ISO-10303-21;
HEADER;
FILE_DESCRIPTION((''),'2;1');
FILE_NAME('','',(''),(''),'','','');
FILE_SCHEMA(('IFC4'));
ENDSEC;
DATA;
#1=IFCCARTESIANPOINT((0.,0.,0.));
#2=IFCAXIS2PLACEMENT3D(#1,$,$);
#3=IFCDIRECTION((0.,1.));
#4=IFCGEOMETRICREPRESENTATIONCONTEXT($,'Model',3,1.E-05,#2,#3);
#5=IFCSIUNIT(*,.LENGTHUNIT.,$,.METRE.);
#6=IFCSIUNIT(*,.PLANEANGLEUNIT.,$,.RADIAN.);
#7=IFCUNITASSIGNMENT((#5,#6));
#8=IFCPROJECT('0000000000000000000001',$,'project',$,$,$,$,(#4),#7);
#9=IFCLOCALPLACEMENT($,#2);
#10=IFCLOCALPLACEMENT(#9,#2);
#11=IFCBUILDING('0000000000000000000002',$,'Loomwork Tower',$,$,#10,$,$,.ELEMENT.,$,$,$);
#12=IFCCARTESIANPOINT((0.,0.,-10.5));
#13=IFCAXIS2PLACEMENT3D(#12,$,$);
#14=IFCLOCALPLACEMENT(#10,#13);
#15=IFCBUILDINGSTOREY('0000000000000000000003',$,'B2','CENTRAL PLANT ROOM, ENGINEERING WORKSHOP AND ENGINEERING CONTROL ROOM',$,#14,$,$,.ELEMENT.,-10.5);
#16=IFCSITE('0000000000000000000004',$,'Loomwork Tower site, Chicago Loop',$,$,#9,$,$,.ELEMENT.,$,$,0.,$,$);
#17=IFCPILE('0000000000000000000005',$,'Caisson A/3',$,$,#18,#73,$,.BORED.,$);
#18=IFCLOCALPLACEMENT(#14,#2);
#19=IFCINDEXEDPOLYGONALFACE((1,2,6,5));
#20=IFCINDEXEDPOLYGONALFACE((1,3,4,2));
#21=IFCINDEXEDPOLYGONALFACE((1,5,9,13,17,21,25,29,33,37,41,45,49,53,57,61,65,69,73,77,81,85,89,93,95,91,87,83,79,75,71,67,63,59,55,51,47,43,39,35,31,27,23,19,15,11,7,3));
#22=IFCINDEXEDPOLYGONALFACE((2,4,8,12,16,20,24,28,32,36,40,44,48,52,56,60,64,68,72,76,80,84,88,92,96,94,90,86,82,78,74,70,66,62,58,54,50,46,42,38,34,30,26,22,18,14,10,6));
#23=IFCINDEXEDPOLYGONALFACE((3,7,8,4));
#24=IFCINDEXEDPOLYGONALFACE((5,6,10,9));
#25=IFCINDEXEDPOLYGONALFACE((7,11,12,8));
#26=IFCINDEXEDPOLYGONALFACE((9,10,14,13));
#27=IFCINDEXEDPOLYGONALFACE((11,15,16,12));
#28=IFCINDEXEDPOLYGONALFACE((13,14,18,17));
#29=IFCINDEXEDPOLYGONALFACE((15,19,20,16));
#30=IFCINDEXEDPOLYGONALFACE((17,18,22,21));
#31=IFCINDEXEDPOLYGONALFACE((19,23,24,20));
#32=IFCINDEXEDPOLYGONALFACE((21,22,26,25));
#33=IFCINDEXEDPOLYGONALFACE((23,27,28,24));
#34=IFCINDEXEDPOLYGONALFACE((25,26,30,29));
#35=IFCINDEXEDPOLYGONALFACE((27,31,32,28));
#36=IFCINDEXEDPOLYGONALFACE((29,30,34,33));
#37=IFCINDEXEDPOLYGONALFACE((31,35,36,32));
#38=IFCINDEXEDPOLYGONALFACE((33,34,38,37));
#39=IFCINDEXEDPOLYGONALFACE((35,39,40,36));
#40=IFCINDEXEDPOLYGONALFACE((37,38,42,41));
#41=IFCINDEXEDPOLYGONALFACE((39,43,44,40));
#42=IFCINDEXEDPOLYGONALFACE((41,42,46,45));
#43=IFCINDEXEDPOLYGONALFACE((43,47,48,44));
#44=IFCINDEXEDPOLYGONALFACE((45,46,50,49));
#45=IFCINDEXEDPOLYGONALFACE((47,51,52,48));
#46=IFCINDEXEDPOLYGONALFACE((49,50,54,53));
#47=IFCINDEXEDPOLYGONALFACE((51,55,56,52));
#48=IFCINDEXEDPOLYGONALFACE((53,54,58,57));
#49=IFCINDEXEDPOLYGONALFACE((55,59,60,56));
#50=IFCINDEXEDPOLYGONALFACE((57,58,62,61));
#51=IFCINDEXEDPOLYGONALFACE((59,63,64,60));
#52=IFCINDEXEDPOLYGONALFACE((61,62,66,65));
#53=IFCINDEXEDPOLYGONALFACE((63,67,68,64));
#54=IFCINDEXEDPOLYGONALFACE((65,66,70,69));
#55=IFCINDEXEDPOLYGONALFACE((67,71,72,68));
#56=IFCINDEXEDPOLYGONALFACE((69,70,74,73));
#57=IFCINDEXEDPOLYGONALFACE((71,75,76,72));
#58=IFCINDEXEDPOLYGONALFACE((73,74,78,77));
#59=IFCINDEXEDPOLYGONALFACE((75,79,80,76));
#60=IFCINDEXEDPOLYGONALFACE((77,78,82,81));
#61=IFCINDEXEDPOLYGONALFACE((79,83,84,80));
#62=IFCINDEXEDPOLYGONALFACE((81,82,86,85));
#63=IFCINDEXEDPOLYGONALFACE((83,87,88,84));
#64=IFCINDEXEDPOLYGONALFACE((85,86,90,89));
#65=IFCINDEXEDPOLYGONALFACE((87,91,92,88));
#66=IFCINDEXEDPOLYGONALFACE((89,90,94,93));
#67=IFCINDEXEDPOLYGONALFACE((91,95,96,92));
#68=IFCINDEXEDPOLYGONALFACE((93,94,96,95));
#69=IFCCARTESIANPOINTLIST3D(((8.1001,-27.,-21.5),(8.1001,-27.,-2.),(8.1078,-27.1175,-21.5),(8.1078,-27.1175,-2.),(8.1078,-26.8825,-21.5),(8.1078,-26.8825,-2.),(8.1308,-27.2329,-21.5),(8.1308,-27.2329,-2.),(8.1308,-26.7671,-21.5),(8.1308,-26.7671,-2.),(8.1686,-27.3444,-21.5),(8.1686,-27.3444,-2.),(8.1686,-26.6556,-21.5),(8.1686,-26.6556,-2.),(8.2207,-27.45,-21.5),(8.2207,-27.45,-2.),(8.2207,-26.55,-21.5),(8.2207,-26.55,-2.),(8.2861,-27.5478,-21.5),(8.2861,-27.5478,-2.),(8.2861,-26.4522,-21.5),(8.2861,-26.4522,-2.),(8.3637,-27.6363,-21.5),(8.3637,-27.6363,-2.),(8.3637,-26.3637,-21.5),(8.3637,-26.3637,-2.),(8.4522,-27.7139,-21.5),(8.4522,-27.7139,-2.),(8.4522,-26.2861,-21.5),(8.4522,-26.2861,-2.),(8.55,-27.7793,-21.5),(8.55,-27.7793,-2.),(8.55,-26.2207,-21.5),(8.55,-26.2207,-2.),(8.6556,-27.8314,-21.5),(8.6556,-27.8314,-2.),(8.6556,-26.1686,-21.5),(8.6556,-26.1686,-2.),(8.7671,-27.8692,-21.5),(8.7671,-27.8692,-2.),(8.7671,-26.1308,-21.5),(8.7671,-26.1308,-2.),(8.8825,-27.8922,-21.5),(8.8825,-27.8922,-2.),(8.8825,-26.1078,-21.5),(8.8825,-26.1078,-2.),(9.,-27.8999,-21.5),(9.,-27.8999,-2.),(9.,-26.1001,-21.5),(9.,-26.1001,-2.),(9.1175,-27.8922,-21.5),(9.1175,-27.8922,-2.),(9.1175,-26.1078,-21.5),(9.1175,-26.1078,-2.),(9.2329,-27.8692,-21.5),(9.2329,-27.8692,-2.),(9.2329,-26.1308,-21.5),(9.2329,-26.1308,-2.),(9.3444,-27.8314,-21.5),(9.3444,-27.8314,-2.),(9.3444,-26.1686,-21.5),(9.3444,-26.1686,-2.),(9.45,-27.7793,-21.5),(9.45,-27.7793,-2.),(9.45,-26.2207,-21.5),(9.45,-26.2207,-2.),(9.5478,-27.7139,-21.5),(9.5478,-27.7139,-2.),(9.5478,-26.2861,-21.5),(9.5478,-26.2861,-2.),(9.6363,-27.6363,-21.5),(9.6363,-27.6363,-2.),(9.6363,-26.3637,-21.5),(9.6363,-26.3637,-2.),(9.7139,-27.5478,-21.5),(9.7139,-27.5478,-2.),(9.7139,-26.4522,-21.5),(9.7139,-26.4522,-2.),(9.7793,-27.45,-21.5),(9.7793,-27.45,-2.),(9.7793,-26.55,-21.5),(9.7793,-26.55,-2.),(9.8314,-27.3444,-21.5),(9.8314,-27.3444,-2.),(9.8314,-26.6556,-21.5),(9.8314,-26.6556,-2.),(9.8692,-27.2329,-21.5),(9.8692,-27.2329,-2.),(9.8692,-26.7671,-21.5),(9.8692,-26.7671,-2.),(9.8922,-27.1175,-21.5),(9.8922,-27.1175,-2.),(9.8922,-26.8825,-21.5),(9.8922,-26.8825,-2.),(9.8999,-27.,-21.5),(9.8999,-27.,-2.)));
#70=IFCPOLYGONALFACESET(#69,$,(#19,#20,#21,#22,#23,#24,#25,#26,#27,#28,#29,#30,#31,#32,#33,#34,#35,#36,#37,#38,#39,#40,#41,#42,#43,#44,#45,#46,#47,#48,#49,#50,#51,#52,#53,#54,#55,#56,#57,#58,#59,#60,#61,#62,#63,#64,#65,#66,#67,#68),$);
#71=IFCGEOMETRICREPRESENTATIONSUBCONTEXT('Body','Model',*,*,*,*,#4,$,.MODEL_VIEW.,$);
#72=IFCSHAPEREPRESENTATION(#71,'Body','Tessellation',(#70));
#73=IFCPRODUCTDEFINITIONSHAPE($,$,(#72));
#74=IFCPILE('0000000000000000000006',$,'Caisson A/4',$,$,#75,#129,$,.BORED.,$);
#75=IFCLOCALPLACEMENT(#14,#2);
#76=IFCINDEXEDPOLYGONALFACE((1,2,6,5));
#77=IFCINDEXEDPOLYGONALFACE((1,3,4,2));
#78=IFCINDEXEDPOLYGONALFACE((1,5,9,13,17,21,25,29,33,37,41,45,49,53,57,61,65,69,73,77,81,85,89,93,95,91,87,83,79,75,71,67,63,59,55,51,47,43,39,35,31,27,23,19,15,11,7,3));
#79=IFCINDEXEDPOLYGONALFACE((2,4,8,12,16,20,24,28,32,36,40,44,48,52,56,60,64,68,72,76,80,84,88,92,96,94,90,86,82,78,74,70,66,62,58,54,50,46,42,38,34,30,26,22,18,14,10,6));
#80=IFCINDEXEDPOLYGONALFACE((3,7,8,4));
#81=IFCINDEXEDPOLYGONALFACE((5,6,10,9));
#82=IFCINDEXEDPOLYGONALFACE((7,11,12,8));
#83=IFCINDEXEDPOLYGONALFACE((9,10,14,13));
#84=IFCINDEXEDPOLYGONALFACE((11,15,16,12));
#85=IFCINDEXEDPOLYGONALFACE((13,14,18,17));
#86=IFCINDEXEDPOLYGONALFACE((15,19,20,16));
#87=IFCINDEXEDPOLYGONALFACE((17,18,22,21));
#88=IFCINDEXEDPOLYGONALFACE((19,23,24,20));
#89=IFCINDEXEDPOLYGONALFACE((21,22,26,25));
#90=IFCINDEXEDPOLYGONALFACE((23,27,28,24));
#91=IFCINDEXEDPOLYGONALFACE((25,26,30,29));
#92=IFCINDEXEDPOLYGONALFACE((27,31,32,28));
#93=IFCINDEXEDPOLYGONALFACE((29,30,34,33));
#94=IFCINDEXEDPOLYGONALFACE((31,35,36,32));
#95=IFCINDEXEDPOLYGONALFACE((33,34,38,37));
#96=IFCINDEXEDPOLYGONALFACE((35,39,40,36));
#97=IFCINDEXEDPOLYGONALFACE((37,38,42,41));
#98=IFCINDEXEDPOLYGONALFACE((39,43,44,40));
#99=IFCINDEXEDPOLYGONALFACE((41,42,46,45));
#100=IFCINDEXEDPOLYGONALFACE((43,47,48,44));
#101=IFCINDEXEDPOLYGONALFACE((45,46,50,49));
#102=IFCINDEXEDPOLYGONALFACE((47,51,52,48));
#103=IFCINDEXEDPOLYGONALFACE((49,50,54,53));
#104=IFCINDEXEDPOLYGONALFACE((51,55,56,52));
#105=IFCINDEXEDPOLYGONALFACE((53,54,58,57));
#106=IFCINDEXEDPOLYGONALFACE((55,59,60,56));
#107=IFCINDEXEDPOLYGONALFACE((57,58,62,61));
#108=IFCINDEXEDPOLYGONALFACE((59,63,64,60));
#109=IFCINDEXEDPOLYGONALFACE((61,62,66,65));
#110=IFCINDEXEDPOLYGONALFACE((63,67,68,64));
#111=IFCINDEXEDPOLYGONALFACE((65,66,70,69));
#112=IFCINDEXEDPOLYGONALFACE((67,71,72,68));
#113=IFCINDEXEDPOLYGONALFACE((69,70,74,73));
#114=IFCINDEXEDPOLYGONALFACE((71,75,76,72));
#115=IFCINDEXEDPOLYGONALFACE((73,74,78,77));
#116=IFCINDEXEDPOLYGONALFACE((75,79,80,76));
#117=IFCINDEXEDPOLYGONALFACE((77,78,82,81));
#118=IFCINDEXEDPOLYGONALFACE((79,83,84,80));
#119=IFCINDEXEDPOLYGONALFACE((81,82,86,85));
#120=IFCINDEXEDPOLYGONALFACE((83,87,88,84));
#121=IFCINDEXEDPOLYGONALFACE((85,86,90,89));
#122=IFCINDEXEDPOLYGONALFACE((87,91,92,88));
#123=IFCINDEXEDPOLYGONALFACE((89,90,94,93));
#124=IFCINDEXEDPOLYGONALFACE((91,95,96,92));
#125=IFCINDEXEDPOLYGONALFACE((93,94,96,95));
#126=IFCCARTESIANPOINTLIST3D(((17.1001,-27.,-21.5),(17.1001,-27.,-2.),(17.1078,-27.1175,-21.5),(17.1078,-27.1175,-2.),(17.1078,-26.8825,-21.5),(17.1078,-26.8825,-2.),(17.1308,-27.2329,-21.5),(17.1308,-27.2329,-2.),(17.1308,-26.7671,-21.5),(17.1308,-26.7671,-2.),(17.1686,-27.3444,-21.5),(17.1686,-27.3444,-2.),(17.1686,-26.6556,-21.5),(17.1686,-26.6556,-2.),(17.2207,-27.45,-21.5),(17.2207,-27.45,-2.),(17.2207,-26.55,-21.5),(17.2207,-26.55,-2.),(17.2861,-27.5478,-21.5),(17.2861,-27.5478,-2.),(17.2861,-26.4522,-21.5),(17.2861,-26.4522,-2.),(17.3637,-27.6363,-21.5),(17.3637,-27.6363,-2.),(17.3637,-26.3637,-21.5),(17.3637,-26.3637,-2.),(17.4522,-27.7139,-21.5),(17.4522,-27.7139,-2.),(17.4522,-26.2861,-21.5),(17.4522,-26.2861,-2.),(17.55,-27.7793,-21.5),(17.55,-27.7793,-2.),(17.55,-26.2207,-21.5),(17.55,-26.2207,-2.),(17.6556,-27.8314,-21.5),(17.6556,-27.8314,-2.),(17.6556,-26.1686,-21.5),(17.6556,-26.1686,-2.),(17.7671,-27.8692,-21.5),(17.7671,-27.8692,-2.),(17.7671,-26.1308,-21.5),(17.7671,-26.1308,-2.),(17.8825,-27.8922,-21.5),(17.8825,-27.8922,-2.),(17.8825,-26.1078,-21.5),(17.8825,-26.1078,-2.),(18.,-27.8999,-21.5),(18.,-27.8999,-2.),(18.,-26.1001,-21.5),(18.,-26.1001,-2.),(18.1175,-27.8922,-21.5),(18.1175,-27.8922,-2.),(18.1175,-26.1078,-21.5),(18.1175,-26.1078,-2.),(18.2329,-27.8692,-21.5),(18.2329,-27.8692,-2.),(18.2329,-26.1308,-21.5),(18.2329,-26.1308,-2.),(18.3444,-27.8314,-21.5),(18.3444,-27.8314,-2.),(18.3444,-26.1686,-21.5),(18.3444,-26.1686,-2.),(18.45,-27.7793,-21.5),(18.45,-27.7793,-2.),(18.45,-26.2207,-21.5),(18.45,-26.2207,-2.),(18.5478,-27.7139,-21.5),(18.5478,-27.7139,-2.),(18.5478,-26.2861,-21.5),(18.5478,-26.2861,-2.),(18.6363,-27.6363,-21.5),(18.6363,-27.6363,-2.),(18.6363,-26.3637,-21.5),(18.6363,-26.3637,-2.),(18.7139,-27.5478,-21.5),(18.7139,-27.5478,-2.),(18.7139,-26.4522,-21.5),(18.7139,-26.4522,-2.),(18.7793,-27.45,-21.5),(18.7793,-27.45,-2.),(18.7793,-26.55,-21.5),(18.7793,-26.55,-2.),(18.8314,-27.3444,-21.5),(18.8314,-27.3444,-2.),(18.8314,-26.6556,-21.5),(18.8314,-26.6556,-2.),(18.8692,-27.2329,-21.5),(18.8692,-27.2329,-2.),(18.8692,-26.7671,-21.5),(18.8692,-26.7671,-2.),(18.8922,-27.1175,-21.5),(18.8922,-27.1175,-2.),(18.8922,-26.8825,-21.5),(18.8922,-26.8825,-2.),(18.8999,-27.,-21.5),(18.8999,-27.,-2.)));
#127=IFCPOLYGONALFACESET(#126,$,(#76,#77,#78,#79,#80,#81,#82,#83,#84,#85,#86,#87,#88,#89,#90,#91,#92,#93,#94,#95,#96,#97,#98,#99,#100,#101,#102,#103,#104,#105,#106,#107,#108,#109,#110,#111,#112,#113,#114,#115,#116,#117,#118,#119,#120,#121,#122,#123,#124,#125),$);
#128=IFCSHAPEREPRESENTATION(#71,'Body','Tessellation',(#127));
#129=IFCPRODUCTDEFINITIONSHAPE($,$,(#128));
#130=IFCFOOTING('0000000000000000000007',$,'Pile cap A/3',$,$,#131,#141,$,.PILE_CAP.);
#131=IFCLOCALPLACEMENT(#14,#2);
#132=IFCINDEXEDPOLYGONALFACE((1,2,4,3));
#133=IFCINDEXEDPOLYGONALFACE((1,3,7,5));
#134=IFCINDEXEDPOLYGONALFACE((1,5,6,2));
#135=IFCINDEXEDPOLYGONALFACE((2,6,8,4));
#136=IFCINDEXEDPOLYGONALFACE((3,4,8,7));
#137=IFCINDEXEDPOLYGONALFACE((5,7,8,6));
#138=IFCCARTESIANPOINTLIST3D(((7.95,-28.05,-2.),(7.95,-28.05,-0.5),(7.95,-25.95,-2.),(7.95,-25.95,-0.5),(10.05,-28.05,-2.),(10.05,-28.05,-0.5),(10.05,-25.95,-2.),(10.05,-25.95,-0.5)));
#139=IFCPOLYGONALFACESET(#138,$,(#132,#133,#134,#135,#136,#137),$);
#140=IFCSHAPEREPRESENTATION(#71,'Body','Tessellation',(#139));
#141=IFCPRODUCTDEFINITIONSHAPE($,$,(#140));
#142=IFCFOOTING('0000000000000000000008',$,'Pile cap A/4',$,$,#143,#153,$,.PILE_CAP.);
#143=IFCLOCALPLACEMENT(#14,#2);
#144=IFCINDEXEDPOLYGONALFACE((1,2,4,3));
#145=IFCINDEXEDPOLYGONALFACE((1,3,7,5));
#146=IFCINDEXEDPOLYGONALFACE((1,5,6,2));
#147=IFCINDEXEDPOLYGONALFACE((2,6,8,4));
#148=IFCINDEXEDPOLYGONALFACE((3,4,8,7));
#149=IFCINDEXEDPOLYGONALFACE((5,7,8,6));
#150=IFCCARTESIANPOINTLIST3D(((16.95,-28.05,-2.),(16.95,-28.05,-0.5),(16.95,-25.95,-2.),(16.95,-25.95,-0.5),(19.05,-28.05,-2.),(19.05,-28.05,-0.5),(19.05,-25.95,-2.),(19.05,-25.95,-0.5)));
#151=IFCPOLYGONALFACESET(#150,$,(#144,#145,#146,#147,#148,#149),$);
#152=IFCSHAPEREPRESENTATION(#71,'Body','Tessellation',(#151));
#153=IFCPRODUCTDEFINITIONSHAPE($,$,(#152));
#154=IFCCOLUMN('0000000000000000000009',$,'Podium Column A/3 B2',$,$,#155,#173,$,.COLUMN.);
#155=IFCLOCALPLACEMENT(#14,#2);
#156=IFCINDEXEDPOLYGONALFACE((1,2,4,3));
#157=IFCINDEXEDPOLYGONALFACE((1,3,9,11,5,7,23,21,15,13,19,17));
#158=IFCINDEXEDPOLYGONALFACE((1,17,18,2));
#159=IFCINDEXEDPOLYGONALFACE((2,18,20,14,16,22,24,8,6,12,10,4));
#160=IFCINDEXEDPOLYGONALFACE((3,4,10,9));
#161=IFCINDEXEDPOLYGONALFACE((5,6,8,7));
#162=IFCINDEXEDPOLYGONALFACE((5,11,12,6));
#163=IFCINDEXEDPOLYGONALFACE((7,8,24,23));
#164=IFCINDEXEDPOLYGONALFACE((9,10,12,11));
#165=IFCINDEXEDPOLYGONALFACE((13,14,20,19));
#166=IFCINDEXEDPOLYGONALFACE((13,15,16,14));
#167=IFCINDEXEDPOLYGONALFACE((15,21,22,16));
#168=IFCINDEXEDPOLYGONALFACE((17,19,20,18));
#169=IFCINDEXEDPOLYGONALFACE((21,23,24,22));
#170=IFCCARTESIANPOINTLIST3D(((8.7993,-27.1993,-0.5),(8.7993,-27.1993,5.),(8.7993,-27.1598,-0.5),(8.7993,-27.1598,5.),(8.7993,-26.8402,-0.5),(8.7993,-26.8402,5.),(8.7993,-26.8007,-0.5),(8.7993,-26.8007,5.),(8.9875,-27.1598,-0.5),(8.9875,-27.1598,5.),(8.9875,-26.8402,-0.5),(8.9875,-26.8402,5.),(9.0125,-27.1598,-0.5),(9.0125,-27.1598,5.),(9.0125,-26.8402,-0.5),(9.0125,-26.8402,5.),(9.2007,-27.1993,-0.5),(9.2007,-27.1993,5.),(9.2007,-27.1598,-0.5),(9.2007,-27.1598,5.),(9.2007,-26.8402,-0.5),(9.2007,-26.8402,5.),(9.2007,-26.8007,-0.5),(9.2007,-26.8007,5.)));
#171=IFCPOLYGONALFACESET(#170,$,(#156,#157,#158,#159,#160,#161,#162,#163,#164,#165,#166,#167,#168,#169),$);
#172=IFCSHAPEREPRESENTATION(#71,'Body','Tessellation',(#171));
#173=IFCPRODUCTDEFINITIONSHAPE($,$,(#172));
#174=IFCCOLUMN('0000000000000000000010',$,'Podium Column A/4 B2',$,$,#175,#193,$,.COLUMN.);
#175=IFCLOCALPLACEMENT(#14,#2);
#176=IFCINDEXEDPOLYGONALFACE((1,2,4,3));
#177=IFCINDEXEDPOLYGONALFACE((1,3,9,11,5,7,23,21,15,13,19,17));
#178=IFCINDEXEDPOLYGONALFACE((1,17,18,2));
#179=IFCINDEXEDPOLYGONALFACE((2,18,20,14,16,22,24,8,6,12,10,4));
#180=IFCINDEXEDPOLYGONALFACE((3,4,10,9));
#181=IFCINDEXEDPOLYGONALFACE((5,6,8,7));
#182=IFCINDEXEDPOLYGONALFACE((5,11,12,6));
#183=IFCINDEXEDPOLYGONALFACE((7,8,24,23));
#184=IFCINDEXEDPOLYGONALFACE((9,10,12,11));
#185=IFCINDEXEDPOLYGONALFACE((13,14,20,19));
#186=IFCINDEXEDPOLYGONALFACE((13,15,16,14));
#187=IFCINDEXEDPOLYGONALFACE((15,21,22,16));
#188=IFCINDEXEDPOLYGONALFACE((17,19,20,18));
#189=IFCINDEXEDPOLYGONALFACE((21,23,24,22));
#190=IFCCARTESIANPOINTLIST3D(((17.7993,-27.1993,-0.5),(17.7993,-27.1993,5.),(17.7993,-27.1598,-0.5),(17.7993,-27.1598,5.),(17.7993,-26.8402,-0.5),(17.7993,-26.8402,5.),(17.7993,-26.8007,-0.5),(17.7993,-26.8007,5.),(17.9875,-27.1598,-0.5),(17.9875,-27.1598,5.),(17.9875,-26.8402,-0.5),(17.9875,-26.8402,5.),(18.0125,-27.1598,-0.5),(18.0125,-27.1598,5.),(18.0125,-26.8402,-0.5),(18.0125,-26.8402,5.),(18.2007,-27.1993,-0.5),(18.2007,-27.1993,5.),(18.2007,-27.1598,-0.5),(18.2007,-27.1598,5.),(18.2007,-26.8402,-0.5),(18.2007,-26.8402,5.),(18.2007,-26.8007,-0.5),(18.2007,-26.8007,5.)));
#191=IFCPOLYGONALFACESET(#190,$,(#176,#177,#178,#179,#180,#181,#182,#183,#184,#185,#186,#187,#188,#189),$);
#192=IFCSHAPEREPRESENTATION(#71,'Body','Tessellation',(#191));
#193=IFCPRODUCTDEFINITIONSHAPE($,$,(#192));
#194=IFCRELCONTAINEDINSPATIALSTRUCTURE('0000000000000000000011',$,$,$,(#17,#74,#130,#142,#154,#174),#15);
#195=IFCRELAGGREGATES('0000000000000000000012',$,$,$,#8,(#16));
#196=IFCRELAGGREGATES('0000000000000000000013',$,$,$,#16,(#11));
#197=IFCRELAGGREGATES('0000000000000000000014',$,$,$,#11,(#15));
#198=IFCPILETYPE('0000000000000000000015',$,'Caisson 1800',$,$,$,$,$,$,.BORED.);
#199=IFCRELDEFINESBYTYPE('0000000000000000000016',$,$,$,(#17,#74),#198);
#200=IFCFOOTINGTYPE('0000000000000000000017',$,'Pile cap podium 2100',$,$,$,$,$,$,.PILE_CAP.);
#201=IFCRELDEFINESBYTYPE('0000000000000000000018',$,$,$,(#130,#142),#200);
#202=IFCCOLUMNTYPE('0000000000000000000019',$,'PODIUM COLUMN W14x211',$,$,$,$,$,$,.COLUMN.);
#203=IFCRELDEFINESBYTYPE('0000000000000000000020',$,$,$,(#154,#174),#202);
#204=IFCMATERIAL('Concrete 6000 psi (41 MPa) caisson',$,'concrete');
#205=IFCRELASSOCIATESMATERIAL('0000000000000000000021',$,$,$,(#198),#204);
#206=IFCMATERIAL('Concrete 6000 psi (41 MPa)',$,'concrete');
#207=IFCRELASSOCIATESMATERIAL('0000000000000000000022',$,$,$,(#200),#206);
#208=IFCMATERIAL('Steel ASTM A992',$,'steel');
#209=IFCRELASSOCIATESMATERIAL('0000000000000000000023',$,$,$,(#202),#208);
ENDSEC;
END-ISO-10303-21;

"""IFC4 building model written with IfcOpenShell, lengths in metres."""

from ifc_helpers import new_model, si_unit, direction, frame, origin, origin_2d, place, context, subcontext, project, spatial, rectangle, circle, i_section, extrude, material, material_profile, profile_set, type_object, element, save


model = new_model("IFC4")

# Units and contexts
model_context = context("Model", 3, precision=1e-05, world=origin(), true_north=direction((0.0, 1.0)))
body_context = subcontext(model_context, "Body", "Model", "MODEL_VIEW")
ifc_project = project(units=[si_unit("LENGTHUNIT", "METRE"), si_unit("PLANEANGLEUNIT", "RADIAN")], contexts=[model_context])

# Site, building, storey
site_placement = place(None, origin())
site = spatial("IfcSite", under=ifc_project, at=site_placement, Name="Loomwork Tower site, Chicago Loop", CompositionType="ELEMENT", RefElevation=0.0)
building_placement = place(site_placement, origin())
building = spatial("IfcBuilding", under=site, at=building_placement, Name="Loomwork Tower", CompositionType="ELEMENT")
storey_placement = place(building_placement, frame((0.0, 0.0, -10.5)))
storey = spatial("IfcBuildingStorey", under=building, at=storey_placement, Name="B2", Description="CENTRAL PLANT ROOM, ENGINEERING WORKSHOP AND ENGINEERING CONTROL ROOM", CompositionType="ELEMENT", Elevation=-10.5)

# Piles
ifc_material_1 = material(Name="Concrete 6000 psi (41 MPa) caisson", Category="concrete")
ifc_material_profile_1 = material_profile(ifc_material_1, circle(Radius=0.8999, at=origin_2d()), Name="D1800")
ifc_profile_set_1 = profile_set([ifc_material_profile_1], Name="Concrete 6000 psi (41 MPa) caisson")
pile_type = type_object("IfcPileType", Name="Caisson 1800", PredefinedType="BORED", material=ifc_profile_set_1)
for number, where, z_axis, x_axis, name in (
    (1, (9.0, -27.0, -2.0), (0.0, 0.0, -1.0), (1.0, 0.0, 0.0), "Caisson A/3"),
    (2, (18.0, -27.0, -2.0), (0.0, 0.0, -1.0), (1.0, 0.0, 0.0), "Caisson A/4"),
):
    element("IfcPile", number, at=place(storey_placement, frame(where, z_axis=z_axis, x_axis=x_axis)), inside=storey, type_object=pile_type, Name=name, PredefinedType="BORED", context=body_context, shape_type="SweptSolid", body=[
        extrude(circle(Radius=0.8999, at=origin_2d()), origin(), (0.0, 0.0, 1.0), 19.5),
    ])

# Footings
ifc_material_2 = material(Name="Concrete 6000 psi (41 MPa)", Category="concrete")
footing_type = type_object("IfcFootingType", Name="Pile cap podium 2100", PredefinedType="PILE_CAP", material=ifc_material_2)
for number, where, z_axis, x_axis, name in (
    (3, (9.0, -27.0, -2.0), (0.0, 0.0, 1.0), (1.0, 0.0, 0.0), "Pile cap A/3"),
    (4, (18.0, -27.0, -2.0), (0.0, 0.0, 1.0), (1.0, 0.0, 0.0), "Pile cap A/4"),
):
    element("IfcFooting", number, at=place(storey_placement, frame(where, z_axis=z_axis, x_axis=x_axis)), inside=storey, type_object=footing_type, Name=name, PredefinedType="PILE_CAP", context=body_context, shape_type="SweptSolid", body=[
        extrude(rectangle(XDim=2.1001, YDim=2.1001, at=origin_2d()), origin(), (0.0, 0.0, 1.0), 1.5),
    ])

# Columns
ifc_material_3 = material(Name="Steel ASTM A992", Category="steel")
ifc_material_profile_2 = material_profile(ifc_material_3, i_section(OverallWidth=0.4014, OverallDepth=0.3987, WebThickness=0.0249, FlangeThickness=0.0396, at=origin_2d()), Name="W14x211")
ifc_profile_set_2 = profile_set([ifc_material_profile_2], Name="Steel ASTM A992")
column_type = type_object("IfcColumnType", Name="PODIUM COLUMN W14x211", PredefinedType="COLUMN", material=ifc_profile_set_2)
for number, where, z_axis, x_axis, name in (
    (5, (9.0, -27.0, -0.5), (0.0, 0.0, 1.0), (1.0, 0.0, 0.0), "Podium Column A/3 B2"),
    (6, (18.0, -27.0, -0.5), (0.0, 0.0, 1.0), (1.0, 0.0, 0.0), "Podium Column A/4 B2"),
):
    element("IfcColumn", number, at=place(storey_placement, frame(where, z_axis=z_axis, x_axis=x_axis)), inside=storey, type_object=column_type, Name=name, PredefinedType="COLUMN", context=body_context, shape_type="SweptSolid", body=[
        extrude(i_section(OverallWidth=0.4014, OverallDepth=0.3987, WebThickness=0.0249, FlangeThickness=0.0396, at=origin_2d()), origin(), (0.0, 0.0, 1.0), 5.5),
    ])

save(model, "model.ifc")
